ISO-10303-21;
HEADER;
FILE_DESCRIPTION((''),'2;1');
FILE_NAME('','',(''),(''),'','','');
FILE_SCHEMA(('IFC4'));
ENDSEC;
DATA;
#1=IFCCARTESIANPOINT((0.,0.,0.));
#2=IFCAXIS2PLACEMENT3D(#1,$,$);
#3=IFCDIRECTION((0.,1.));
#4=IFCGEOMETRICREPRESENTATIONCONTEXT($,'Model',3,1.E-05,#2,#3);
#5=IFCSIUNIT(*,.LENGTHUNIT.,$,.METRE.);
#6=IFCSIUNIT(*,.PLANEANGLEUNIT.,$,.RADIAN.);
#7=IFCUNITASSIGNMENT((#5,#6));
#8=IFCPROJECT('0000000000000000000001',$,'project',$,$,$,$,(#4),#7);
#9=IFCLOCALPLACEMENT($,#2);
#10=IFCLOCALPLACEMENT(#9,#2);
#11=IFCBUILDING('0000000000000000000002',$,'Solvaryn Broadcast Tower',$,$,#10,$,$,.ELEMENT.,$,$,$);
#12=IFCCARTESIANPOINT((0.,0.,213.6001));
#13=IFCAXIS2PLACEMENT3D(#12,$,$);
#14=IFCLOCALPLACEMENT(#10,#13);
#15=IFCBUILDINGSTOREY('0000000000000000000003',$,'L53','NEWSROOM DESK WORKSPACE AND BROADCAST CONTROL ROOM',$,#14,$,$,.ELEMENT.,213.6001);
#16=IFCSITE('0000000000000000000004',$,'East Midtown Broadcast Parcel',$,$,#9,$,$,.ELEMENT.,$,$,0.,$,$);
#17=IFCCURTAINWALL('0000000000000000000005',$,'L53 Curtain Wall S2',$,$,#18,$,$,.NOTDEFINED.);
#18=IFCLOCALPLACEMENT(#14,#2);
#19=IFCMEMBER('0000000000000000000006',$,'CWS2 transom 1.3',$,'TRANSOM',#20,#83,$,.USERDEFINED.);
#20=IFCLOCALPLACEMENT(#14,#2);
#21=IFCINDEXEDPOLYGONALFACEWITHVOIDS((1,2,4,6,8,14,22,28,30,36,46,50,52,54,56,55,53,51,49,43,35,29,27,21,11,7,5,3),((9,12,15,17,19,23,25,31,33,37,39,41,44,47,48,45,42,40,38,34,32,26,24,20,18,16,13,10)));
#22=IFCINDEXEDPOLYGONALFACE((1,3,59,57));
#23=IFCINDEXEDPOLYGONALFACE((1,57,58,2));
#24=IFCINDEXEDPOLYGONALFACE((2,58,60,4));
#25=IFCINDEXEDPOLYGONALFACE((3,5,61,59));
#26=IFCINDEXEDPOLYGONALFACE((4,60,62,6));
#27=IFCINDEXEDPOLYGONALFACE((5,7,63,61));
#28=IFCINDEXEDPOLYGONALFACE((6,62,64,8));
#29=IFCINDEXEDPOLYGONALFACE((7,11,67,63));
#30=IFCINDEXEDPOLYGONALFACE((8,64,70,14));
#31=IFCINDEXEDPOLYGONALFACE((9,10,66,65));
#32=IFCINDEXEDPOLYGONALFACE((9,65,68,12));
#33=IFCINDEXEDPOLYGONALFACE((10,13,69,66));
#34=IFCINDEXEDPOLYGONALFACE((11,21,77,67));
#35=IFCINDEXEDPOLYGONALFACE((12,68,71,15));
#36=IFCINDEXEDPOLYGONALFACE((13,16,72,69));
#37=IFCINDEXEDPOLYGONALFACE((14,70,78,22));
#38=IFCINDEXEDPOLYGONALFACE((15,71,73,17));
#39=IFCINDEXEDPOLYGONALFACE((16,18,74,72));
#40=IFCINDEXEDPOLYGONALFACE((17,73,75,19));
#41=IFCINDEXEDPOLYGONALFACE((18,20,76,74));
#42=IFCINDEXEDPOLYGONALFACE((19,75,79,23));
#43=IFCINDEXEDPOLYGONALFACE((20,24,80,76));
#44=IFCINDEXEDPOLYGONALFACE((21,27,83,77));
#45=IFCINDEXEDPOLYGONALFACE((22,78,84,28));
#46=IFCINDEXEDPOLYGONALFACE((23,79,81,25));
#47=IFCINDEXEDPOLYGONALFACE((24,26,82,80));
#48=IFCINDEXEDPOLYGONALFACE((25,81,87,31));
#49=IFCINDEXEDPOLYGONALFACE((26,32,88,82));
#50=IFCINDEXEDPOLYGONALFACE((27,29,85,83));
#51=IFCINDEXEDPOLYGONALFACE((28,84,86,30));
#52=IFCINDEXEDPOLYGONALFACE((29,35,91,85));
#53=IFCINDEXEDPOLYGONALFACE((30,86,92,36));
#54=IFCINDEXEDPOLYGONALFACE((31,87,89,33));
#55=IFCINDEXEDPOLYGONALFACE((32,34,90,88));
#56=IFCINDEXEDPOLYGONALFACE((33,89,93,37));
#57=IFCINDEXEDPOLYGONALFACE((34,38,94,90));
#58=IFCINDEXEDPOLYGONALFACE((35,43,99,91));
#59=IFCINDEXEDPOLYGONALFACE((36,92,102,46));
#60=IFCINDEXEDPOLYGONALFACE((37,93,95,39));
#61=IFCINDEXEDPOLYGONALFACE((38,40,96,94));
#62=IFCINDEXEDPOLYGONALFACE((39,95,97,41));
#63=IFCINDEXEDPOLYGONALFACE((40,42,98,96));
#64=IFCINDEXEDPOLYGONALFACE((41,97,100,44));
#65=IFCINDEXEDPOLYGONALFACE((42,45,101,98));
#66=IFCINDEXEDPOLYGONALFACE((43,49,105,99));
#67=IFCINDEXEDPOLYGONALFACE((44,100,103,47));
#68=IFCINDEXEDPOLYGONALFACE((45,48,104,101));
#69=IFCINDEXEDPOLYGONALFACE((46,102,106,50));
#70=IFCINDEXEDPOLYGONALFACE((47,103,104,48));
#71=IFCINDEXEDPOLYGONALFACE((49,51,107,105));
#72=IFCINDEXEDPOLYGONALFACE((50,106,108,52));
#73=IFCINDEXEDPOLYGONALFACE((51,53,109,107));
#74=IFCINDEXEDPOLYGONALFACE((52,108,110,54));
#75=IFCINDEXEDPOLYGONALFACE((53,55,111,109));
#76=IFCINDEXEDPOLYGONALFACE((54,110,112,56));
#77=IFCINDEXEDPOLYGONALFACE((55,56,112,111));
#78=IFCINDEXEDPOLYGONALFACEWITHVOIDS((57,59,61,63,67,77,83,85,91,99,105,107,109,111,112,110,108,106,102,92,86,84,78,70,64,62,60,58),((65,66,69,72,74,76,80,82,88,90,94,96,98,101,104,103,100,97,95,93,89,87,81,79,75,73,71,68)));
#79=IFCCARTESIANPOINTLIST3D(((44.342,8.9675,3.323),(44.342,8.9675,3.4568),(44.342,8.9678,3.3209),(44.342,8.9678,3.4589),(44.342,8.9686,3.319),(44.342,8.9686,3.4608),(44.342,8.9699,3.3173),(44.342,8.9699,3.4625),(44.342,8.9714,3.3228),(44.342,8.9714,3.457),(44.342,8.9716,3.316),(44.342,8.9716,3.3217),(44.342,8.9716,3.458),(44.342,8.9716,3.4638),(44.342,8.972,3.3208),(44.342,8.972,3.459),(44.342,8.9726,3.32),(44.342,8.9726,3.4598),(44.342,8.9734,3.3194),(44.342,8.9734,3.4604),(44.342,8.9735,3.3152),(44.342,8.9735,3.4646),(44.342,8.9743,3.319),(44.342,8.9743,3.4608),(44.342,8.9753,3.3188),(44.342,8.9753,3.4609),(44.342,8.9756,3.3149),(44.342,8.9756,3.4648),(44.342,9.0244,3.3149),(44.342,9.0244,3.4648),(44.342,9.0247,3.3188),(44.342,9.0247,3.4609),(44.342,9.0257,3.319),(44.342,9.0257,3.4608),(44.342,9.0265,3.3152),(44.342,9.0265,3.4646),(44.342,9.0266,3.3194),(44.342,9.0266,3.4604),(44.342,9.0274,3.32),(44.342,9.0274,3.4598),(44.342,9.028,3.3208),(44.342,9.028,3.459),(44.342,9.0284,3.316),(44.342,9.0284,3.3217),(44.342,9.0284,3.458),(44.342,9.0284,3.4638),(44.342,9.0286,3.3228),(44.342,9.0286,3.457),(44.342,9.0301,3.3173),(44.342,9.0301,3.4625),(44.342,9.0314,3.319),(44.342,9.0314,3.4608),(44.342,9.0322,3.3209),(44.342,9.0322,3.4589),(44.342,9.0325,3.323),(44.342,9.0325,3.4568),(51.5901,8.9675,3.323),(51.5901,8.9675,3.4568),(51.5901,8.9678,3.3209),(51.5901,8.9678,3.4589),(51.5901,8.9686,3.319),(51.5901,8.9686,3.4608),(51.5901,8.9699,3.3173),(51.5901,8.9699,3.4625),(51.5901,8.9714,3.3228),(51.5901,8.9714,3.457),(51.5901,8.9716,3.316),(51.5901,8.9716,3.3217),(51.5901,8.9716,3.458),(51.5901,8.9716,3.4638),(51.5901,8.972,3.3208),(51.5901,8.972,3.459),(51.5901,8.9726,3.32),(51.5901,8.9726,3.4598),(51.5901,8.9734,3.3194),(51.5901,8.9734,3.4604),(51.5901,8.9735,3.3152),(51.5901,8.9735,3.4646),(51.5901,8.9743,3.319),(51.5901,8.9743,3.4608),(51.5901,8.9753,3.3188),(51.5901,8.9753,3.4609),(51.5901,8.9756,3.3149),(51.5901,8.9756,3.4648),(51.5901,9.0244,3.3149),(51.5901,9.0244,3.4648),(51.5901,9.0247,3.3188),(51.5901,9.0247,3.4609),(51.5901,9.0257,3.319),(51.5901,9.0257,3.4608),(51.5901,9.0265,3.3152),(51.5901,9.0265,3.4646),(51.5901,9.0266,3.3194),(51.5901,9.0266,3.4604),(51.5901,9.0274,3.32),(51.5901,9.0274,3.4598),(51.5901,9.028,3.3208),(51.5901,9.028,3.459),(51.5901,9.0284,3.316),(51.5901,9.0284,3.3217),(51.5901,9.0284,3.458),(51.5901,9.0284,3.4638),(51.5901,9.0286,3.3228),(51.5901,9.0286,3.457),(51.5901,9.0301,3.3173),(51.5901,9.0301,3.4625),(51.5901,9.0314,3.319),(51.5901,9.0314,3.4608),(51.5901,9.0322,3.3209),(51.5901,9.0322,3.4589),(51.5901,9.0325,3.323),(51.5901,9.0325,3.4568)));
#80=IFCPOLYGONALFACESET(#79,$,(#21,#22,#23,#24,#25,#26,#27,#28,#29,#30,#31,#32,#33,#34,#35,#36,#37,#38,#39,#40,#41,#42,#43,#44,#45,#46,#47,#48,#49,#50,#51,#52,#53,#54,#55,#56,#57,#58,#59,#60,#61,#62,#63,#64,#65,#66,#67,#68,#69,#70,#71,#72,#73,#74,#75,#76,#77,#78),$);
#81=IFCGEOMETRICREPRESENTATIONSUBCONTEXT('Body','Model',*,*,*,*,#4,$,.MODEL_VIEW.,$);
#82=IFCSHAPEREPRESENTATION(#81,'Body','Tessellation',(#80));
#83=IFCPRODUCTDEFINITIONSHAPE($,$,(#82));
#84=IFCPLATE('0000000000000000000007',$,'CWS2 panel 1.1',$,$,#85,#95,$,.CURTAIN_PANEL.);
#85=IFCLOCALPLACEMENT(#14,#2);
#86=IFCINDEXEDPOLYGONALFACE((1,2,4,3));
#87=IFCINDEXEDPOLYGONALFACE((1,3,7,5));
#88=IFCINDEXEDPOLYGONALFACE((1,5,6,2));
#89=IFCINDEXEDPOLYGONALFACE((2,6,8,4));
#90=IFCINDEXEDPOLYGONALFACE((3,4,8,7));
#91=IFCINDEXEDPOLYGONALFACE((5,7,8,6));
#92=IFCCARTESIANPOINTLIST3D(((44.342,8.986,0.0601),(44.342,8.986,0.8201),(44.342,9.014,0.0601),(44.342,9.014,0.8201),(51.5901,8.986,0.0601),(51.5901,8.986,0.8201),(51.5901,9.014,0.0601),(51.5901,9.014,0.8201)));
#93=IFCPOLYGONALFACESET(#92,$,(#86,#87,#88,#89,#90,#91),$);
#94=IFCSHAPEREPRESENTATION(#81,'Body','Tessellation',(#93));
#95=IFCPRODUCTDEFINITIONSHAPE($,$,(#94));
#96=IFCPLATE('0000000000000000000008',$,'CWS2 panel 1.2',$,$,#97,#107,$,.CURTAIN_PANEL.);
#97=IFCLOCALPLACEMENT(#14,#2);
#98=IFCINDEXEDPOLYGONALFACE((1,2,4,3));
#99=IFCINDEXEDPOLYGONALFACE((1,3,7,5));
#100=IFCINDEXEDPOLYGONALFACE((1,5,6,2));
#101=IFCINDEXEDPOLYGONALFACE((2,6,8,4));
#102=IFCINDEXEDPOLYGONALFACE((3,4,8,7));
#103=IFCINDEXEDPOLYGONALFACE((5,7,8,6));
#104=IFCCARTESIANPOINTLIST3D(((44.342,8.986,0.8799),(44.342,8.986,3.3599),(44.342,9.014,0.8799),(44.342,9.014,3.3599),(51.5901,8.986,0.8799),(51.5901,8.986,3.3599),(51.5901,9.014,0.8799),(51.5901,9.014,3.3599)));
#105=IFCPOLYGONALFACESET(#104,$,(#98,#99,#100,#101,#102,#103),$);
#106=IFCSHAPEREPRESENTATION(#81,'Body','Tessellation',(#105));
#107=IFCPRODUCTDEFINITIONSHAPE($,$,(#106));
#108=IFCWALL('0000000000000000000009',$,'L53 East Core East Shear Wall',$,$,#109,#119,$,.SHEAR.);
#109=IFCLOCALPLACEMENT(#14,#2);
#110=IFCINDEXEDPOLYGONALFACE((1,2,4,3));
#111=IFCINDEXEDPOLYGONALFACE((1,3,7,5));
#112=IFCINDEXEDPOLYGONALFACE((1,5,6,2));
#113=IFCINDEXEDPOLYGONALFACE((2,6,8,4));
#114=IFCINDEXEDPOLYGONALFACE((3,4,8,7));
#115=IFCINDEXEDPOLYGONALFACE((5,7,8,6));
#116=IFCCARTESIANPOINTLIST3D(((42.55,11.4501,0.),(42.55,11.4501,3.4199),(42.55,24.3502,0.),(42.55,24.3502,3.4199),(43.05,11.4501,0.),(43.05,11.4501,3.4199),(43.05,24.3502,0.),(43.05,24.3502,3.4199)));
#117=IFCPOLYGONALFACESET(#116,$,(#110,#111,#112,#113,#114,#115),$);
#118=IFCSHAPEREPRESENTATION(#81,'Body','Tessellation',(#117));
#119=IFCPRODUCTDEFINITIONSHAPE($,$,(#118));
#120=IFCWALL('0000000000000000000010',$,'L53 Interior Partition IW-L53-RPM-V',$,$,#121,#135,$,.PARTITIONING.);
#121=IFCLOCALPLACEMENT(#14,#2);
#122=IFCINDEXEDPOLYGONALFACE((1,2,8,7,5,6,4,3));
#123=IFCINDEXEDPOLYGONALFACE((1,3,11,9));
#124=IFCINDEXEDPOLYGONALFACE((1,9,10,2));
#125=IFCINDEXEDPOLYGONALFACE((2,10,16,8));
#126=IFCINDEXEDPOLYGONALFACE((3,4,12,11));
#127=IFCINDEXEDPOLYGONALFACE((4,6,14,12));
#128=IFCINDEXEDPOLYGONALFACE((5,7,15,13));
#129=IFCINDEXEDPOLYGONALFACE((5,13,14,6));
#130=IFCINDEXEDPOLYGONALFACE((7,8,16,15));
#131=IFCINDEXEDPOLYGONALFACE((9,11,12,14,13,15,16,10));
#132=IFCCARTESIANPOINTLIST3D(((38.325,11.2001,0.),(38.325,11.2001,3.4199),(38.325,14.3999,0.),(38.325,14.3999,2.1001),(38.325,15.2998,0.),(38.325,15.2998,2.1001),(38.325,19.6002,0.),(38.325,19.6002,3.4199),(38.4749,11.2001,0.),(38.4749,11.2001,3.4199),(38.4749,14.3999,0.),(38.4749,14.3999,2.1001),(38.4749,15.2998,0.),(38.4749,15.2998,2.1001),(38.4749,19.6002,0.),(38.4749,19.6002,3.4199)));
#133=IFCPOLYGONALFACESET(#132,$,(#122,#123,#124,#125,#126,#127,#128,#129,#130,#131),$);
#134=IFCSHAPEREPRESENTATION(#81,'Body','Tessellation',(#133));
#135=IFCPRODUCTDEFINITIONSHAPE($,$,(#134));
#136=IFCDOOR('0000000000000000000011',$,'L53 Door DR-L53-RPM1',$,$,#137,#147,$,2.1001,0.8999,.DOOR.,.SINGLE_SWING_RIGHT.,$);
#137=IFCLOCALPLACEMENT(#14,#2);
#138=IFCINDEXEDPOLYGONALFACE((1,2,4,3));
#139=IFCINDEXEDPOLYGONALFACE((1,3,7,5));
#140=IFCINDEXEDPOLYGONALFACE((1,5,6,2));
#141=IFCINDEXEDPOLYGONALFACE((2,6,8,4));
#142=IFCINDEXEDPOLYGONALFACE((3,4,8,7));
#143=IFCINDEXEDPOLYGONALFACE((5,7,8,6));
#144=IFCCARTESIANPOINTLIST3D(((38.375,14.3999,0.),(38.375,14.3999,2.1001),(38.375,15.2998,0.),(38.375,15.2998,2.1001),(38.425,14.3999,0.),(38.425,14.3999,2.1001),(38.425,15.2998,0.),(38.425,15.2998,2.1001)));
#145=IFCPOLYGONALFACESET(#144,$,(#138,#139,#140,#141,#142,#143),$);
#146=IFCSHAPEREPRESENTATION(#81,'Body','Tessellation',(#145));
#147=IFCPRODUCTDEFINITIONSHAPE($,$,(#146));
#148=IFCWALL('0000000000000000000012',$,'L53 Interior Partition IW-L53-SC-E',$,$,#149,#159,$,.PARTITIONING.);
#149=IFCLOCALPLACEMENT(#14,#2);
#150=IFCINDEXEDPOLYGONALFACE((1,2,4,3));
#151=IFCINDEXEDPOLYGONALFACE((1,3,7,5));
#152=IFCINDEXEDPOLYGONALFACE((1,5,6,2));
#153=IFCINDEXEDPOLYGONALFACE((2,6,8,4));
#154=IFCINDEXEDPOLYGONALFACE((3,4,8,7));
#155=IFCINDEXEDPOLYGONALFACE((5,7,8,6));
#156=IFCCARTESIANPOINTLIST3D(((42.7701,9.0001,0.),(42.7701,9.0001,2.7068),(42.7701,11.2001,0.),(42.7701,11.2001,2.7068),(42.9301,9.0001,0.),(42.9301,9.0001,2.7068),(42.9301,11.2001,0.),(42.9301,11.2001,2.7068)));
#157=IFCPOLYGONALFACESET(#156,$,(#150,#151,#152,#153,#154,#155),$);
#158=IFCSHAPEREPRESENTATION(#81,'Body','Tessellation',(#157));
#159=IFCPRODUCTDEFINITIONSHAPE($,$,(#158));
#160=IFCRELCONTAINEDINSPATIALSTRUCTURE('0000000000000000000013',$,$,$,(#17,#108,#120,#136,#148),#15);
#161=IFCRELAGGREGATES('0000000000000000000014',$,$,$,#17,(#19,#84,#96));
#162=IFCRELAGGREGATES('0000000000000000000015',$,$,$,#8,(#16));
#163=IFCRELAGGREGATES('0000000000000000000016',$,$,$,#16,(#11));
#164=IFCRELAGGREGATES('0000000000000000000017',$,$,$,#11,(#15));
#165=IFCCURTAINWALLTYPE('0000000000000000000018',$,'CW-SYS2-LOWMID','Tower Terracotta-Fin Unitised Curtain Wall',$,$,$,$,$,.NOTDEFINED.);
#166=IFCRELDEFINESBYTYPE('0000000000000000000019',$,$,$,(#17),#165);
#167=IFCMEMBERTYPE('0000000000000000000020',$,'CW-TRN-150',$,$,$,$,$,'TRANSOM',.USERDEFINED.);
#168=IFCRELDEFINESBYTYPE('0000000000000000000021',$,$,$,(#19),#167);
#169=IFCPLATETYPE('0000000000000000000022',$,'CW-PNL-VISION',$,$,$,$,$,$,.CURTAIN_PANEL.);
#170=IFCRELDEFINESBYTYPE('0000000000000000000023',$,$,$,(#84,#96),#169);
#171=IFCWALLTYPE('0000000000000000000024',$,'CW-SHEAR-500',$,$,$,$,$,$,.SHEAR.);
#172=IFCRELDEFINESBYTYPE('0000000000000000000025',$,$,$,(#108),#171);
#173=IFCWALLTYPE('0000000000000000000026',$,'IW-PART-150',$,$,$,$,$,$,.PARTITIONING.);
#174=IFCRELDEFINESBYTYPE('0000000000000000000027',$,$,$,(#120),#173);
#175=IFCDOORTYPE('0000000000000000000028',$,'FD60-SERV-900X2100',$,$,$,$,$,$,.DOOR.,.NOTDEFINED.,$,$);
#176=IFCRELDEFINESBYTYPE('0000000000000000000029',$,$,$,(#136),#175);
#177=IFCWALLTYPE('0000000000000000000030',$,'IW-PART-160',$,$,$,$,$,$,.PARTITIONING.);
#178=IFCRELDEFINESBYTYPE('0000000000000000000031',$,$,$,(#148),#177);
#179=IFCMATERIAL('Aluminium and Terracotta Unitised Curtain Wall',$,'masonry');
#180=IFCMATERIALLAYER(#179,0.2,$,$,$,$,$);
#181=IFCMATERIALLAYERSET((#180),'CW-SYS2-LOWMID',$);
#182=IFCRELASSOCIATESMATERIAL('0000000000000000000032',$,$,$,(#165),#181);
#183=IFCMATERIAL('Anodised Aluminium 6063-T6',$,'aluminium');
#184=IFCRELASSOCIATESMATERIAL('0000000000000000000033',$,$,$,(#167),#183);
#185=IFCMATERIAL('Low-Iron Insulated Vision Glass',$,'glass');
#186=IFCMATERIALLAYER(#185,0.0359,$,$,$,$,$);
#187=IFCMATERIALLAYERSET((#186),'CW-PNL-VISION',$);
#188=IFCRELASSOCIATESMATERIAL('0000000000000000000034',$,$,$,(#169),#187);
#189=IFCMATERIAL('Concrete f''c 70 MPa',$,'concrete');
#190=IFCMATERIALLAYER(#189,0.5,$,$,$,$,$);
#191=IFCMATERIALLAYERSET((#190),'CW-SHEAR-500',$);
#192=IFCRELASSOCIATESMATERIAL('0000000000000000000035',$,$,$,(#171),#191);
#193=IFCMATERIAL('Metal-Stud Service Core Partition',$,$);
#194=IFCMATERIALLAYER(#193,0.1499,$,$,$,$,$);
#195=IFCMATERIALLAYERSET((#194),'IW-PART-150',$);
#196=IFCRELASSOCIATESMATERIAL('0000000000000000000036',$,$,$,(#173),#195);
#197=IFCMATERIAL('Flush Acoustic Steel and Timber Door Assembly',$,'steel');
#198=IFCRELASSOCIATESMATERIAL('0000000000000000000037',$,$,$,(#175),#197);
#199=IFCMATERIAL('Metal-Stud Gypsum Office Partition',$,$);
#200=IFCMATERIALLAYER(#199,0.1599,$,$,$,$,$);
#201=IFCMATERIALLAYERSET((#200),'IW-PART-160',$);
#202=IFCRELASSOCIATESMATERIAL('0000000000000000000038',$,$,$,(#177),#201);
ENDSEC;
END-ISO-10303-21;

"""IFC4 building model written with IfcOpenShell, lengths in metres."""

from ifc_helpers import new_model, si_unit, direction, frame, frame_2d, origin, origin_2d, place, context, subcontext, project, spatial, rectangle, hollow_rectangle, extrude, material, layer, layer_set, material_profile, profile_set, type_object, element, fill, aggregate, save


model = new_model("IFC4")

# Units and contexts
model_context = context("Model", 3, precision=1e-05, world=origin(), true_north=direction((0.0, 1.0)))
body_context = subcontext(model_context, "Body", "Model", "MODEL_VIEW")
ifc_project = project(units=[si_unit("LENGTHUNIT", "METRE"), si_unit("PLANEANGLEUNIT", "RADIAN")], contexts=[model_context])

# Site, building, storey
site_placement = place(None, origin())
site = spatial("IfcSite", under=ifc_project, at=site_placement, Name="East Midtown Broadcast Parcel", CompositionType="ELEMENT", RefElevation=0.0)
building_placement = place(site_placement, origin())
building = spatial("IfcBuilding", under=site, at=building_placement, Name="Solvaryn Broadcast Tower", CompositionType="ELEMENT")
storey_placement = place(building_placement, frame((0.0, 0.0, 213.6001)))
storey = spatial("IfcBuildingStorey", under=building, at=storey_placement, Name="L53", Description="NEWSROOM DESK WORKSPACE AND BROADCAST CONTROL ROOM", CompositionType="ELEMENT", Elevation=213.6001)

# Shared definitions
ifc_material_1 = material(Name="Aluminium and Terracotta Unitised Curtain Wall", Category="masonry")
ifc_layer_1 = layer(ifc_material_1, 0.2)
ifc_layer_set_1 = layer_set([ifc_layer_1], Name="CW-SYS2-LOWMID")
curtain_wall_type = type_object("IfcCurtainWallType", Name="CW-SYS2-LOWMID", Description="Tower Terracotta-Fin Unitised Curtain Wall", PredefinedType="NOTDEFINED", material=ifc_layer_set_1)

# Curtain wall, member, plates
curtain_wall_1_placement = place(storey_placement, origin())
curtain_wall_1 = element("IfcCurtainWall", 1, at=curtain_wall_1_placement, inside=storey, type_object=curtain_wall_type, Name="L53 Curtain Wall S2", PredefinedType="NOTDEFINED")
ifc_material_2 = material(Name="Anodised Aluminium 6063-T6", Category="aluminium")
ifc_material_profile_1 = material_profile(ifc_material_2, hollow_rectangle(XDim=0.0649, YDim=0.1499, WallThickness=0.0039, InnerFilletRadius=0.0039, OuterFilletRadius=0.0081, at=origin_2d()))
ifc_profile_set_1 = profile_set([ifc_material_profile_1], Name="Anodised Aluminium 6063-T6")
member_type_1 = type_object("IfcMemberType", Name="CW-TRN-150", ElementType="TRANSOM", PredefinedType="USERDEFINED", material=ifc_profile_set_1)
member_1_placement = place(storey_placement, frame((44.342, 9.0, 3.3899), z_axis=(1.0, 0.0, 0.0), x_axis=(0.0, 1.0, 0.0)))
member_1 = element("IfcMember", 2, at=member_1_placement, type_object=member_type_1, Name="CWS2 transom 1.3", ObjectType="TRANSOM", PredefinedType="USERDEFINED", context=body_context, shape_type="SweptSolid", body=[
    extrude(hollow_rectangle(XDim=0.0649, YDim=0.1499, WallThickness=0.0039, InnerFilletRadius=0.0039, OuterFilletRadius=0.0081, at=origin_2d()), origin(), (0.0, 0.0, 1.0), 7.248),
])
ifc_material_3 = material(Name="Low-Iron Insulated Vision Glass", Category="glass")
ifc_layer_2 = layer(ifc_material_3, 0.0359)
ifc_layer_set_2 = layer_set([ifc_layer_2], Name="CW-PNL-VISION")
plate_type = type_object("IfcPlateType", Name="CW-PNL-VISION", PredefinedType="CURTAIN_PANEL", material=ifc_layer_set_2)
plate_1_placement = place(storey_placement, frame((47.9661, 9.0, 0.0601), z_axis=(0.0, 0.0, 1.0), x_axis=(1.0, 0.0, 0.0)))
plate_1 = element("IfcPlate", 3, at=plate_1_placement, type_object=plate_type, Name="CWS2 panel 1.1", PredefinedType="CURTAIN_PANEL", context=body_context, shape_type="SweptSolid", body=[
    extrude(rectangle(XDim=7.248, YDim=0.0281, at=origin_2d()), origin(), (0.0, 0.0, 1.0), 0.76),
])
plate_2_placement = place(storey_placement, frame((47.9661, 9.0, 0.8799), z_axis=(0.0, 0.0, 1.0), x_axis=(1.0, 0.0, 0.0)))
plate_2 = element("IfcPlate", 4, at=plate_2_placement, type_object=plate_type, Name="CWS2 panel 1.2", PredefinedType="CURTAIN_PANEL", context=body_context, shape_type="SweptSolid", body=[
    extrude(rectangle(XDim=7.248, YDim=0.0281, at=origin_2d()), origin(), (0.0, 0.0, 1.0), 2.48),
])
aggregate(curtain_wall_1, [member_1, plate_1, plate_2])

# Wall
ifc_material_4 = material(Name="Concrete f'c 70 MPa", Category="concrete")
ifc_layer_3 = layer(ifc_material_4, 0.5)
ifc_layer_set_3 = layer_set([ifc_layer_3], Name="CW-SHEAR-500")
wall_type_1 = type_object("IfcWallType", Name="CW-SHEAR-500", PredefinedType="SHEAR", material=ifc_layer_set_3)
wall_1_placement = place(storey_placement, frame((42.8, 11.45, 0.0), z_axis=(0.0, 0.0, 1.0), x_axis=(0.0, 1.0, 0.0)))
element("IfcWall", 5, at=wall_1_placement, inside=storey, type_object=wall_type_1, Name="L53 East Core East Shear Wall", PredefinedType="SHEAR", context=body_context, shape_type="SweptSolid", body=[
    extrude(rectangle(XDim=12.9001, YDim=0.5, at=frame_2d((6.4502, 0.0))), origin(), (0.0, 0.0, 1.0), 3.4199),
])

# Wall, opening, door
ifc_material_5 = material(Name="Metal-Stud Service Core Partition")
ifc_layer_4 = layer(ifc_material_5, 0.1499)
ifc_layer_set_4 = layer_set([ifc_layer_4], Name="IW-PART-150")
wall_type_2 = type_object("IfcWallType", Name="IW-PART-150", PredefinedType="PARTITIONING", material=ifc_layer_set_4)
wall_2_placement = place(storey_placement, frame((38.3999, 11.2, 0.0), z_axis=(0.0, 0.0, 1.0), x_axis=(0.0, 1.0, 0.0)))
wall_2 = element("IfcWall", 6, at=wall_2_placement, inside=storey, type_object=wall_type_2, Name="L53 Interior Partition IW-L53-RPM-V", PredefinedType="PARTITIONING", context=body_context, shape_type="SweptSolid", body=[
    extrude(rectangle(XDim=8.4001, YDim=0.1499, at=frame_2d((4.2002, 0.0))), origin(), (0.0, 0.0, 1.0), 3.4199),
])
opening_1_placement = place(wall_2_placement, frame((3.2, 0.0, 0.0)))
opening_1 = element("IfcOpeningElement", 7, at=opening_1_placement, cuts=wall_2, PredefinedType="OPENING", context=body_context, shape_type="SweptSolid", body=[
    extrude(rectangle(XDim=0.8999, YDim=2.1001, at=frame_2d((0.45, 1.05))), frame((0.0, 0.085, 0.0), z_axis=(0.0, -1.0, 0.0), x_axis=(1.0, 0.0, 0.0)), (0.0, 0.0, 1.0), 0.1699),
])
ifc_material_6 = material(Name="Flush Acoustic Steel and Timber Door Assembly", Category="steel")
door_type_1 = type_object("IfcDoorType", Name="FD60-SERV-900X2100", OperationType="NOTDEFINED", PredefinedType="DOOR", material=ifc_material_6)
door_1_placement = place(opening_1_placement, origin())
door_1 = element("IfcDoor", 8, at=door_1_placement, inside=storey, type_object=door_type_1, Name="L53 Door DR-L53-RPM1", OperationType="SINGLE_SWING_RIGHT", OverallHeight=2.1001, OverallWidth=0.8999, PredefinedType="DOOR", context=body_context, shape_type="SweptSolid", body=[
    extrude(rectangle(XDim=0.8999, YDim=2.1001, at=frame_2d((0.45, 1.05))), frame((0.0, 0.0249, 0.0), z_axis=(0.0, -1.0, 0.0), x_axis=(1.0, 0.0, 0.0)), (0.0, 0.0, 1.0), 0.05),
])
fill(opening_1, door_1)

# Wall
ifc_material_7 = material(Name="Metal-Stud Gypsum Office Partition")
ifc_layer_5 = layer(ifc_material_7, 0.1599)
ifc_layer_set_5 = layer_set([ifc_layer_5], Name="IW-PART-160")
wall_type_3 = type_object("IfcWallType", Name="IW-PART-160", PredefinedType="PARTITIONING", material=ifc_layer_set_5)
wall_3_placement = place(storey_placement, frame((42.8501, 9.0, 0.0), z_axis=(0.0, 0.0, 1.0), x_axis=(0.0, 1.0, 0.0)))
element("IfcWall", 9, at=wall_3_placement, inside=storey, type_object=wall_type_3, Name="L53 Interior Partition IW-L53-SC-E", PredefinedType="PARTITIONING", context=body_context, shape_type="SweptSolid", body=[
    extrude(rectangle(XDim=2.2, YDim=0.1599, at=frame_2d((1.1001, 0.0))), origin(), (0.0, 0.0, 1.0), 2.7068),
])

save(model, "model.ifc")
